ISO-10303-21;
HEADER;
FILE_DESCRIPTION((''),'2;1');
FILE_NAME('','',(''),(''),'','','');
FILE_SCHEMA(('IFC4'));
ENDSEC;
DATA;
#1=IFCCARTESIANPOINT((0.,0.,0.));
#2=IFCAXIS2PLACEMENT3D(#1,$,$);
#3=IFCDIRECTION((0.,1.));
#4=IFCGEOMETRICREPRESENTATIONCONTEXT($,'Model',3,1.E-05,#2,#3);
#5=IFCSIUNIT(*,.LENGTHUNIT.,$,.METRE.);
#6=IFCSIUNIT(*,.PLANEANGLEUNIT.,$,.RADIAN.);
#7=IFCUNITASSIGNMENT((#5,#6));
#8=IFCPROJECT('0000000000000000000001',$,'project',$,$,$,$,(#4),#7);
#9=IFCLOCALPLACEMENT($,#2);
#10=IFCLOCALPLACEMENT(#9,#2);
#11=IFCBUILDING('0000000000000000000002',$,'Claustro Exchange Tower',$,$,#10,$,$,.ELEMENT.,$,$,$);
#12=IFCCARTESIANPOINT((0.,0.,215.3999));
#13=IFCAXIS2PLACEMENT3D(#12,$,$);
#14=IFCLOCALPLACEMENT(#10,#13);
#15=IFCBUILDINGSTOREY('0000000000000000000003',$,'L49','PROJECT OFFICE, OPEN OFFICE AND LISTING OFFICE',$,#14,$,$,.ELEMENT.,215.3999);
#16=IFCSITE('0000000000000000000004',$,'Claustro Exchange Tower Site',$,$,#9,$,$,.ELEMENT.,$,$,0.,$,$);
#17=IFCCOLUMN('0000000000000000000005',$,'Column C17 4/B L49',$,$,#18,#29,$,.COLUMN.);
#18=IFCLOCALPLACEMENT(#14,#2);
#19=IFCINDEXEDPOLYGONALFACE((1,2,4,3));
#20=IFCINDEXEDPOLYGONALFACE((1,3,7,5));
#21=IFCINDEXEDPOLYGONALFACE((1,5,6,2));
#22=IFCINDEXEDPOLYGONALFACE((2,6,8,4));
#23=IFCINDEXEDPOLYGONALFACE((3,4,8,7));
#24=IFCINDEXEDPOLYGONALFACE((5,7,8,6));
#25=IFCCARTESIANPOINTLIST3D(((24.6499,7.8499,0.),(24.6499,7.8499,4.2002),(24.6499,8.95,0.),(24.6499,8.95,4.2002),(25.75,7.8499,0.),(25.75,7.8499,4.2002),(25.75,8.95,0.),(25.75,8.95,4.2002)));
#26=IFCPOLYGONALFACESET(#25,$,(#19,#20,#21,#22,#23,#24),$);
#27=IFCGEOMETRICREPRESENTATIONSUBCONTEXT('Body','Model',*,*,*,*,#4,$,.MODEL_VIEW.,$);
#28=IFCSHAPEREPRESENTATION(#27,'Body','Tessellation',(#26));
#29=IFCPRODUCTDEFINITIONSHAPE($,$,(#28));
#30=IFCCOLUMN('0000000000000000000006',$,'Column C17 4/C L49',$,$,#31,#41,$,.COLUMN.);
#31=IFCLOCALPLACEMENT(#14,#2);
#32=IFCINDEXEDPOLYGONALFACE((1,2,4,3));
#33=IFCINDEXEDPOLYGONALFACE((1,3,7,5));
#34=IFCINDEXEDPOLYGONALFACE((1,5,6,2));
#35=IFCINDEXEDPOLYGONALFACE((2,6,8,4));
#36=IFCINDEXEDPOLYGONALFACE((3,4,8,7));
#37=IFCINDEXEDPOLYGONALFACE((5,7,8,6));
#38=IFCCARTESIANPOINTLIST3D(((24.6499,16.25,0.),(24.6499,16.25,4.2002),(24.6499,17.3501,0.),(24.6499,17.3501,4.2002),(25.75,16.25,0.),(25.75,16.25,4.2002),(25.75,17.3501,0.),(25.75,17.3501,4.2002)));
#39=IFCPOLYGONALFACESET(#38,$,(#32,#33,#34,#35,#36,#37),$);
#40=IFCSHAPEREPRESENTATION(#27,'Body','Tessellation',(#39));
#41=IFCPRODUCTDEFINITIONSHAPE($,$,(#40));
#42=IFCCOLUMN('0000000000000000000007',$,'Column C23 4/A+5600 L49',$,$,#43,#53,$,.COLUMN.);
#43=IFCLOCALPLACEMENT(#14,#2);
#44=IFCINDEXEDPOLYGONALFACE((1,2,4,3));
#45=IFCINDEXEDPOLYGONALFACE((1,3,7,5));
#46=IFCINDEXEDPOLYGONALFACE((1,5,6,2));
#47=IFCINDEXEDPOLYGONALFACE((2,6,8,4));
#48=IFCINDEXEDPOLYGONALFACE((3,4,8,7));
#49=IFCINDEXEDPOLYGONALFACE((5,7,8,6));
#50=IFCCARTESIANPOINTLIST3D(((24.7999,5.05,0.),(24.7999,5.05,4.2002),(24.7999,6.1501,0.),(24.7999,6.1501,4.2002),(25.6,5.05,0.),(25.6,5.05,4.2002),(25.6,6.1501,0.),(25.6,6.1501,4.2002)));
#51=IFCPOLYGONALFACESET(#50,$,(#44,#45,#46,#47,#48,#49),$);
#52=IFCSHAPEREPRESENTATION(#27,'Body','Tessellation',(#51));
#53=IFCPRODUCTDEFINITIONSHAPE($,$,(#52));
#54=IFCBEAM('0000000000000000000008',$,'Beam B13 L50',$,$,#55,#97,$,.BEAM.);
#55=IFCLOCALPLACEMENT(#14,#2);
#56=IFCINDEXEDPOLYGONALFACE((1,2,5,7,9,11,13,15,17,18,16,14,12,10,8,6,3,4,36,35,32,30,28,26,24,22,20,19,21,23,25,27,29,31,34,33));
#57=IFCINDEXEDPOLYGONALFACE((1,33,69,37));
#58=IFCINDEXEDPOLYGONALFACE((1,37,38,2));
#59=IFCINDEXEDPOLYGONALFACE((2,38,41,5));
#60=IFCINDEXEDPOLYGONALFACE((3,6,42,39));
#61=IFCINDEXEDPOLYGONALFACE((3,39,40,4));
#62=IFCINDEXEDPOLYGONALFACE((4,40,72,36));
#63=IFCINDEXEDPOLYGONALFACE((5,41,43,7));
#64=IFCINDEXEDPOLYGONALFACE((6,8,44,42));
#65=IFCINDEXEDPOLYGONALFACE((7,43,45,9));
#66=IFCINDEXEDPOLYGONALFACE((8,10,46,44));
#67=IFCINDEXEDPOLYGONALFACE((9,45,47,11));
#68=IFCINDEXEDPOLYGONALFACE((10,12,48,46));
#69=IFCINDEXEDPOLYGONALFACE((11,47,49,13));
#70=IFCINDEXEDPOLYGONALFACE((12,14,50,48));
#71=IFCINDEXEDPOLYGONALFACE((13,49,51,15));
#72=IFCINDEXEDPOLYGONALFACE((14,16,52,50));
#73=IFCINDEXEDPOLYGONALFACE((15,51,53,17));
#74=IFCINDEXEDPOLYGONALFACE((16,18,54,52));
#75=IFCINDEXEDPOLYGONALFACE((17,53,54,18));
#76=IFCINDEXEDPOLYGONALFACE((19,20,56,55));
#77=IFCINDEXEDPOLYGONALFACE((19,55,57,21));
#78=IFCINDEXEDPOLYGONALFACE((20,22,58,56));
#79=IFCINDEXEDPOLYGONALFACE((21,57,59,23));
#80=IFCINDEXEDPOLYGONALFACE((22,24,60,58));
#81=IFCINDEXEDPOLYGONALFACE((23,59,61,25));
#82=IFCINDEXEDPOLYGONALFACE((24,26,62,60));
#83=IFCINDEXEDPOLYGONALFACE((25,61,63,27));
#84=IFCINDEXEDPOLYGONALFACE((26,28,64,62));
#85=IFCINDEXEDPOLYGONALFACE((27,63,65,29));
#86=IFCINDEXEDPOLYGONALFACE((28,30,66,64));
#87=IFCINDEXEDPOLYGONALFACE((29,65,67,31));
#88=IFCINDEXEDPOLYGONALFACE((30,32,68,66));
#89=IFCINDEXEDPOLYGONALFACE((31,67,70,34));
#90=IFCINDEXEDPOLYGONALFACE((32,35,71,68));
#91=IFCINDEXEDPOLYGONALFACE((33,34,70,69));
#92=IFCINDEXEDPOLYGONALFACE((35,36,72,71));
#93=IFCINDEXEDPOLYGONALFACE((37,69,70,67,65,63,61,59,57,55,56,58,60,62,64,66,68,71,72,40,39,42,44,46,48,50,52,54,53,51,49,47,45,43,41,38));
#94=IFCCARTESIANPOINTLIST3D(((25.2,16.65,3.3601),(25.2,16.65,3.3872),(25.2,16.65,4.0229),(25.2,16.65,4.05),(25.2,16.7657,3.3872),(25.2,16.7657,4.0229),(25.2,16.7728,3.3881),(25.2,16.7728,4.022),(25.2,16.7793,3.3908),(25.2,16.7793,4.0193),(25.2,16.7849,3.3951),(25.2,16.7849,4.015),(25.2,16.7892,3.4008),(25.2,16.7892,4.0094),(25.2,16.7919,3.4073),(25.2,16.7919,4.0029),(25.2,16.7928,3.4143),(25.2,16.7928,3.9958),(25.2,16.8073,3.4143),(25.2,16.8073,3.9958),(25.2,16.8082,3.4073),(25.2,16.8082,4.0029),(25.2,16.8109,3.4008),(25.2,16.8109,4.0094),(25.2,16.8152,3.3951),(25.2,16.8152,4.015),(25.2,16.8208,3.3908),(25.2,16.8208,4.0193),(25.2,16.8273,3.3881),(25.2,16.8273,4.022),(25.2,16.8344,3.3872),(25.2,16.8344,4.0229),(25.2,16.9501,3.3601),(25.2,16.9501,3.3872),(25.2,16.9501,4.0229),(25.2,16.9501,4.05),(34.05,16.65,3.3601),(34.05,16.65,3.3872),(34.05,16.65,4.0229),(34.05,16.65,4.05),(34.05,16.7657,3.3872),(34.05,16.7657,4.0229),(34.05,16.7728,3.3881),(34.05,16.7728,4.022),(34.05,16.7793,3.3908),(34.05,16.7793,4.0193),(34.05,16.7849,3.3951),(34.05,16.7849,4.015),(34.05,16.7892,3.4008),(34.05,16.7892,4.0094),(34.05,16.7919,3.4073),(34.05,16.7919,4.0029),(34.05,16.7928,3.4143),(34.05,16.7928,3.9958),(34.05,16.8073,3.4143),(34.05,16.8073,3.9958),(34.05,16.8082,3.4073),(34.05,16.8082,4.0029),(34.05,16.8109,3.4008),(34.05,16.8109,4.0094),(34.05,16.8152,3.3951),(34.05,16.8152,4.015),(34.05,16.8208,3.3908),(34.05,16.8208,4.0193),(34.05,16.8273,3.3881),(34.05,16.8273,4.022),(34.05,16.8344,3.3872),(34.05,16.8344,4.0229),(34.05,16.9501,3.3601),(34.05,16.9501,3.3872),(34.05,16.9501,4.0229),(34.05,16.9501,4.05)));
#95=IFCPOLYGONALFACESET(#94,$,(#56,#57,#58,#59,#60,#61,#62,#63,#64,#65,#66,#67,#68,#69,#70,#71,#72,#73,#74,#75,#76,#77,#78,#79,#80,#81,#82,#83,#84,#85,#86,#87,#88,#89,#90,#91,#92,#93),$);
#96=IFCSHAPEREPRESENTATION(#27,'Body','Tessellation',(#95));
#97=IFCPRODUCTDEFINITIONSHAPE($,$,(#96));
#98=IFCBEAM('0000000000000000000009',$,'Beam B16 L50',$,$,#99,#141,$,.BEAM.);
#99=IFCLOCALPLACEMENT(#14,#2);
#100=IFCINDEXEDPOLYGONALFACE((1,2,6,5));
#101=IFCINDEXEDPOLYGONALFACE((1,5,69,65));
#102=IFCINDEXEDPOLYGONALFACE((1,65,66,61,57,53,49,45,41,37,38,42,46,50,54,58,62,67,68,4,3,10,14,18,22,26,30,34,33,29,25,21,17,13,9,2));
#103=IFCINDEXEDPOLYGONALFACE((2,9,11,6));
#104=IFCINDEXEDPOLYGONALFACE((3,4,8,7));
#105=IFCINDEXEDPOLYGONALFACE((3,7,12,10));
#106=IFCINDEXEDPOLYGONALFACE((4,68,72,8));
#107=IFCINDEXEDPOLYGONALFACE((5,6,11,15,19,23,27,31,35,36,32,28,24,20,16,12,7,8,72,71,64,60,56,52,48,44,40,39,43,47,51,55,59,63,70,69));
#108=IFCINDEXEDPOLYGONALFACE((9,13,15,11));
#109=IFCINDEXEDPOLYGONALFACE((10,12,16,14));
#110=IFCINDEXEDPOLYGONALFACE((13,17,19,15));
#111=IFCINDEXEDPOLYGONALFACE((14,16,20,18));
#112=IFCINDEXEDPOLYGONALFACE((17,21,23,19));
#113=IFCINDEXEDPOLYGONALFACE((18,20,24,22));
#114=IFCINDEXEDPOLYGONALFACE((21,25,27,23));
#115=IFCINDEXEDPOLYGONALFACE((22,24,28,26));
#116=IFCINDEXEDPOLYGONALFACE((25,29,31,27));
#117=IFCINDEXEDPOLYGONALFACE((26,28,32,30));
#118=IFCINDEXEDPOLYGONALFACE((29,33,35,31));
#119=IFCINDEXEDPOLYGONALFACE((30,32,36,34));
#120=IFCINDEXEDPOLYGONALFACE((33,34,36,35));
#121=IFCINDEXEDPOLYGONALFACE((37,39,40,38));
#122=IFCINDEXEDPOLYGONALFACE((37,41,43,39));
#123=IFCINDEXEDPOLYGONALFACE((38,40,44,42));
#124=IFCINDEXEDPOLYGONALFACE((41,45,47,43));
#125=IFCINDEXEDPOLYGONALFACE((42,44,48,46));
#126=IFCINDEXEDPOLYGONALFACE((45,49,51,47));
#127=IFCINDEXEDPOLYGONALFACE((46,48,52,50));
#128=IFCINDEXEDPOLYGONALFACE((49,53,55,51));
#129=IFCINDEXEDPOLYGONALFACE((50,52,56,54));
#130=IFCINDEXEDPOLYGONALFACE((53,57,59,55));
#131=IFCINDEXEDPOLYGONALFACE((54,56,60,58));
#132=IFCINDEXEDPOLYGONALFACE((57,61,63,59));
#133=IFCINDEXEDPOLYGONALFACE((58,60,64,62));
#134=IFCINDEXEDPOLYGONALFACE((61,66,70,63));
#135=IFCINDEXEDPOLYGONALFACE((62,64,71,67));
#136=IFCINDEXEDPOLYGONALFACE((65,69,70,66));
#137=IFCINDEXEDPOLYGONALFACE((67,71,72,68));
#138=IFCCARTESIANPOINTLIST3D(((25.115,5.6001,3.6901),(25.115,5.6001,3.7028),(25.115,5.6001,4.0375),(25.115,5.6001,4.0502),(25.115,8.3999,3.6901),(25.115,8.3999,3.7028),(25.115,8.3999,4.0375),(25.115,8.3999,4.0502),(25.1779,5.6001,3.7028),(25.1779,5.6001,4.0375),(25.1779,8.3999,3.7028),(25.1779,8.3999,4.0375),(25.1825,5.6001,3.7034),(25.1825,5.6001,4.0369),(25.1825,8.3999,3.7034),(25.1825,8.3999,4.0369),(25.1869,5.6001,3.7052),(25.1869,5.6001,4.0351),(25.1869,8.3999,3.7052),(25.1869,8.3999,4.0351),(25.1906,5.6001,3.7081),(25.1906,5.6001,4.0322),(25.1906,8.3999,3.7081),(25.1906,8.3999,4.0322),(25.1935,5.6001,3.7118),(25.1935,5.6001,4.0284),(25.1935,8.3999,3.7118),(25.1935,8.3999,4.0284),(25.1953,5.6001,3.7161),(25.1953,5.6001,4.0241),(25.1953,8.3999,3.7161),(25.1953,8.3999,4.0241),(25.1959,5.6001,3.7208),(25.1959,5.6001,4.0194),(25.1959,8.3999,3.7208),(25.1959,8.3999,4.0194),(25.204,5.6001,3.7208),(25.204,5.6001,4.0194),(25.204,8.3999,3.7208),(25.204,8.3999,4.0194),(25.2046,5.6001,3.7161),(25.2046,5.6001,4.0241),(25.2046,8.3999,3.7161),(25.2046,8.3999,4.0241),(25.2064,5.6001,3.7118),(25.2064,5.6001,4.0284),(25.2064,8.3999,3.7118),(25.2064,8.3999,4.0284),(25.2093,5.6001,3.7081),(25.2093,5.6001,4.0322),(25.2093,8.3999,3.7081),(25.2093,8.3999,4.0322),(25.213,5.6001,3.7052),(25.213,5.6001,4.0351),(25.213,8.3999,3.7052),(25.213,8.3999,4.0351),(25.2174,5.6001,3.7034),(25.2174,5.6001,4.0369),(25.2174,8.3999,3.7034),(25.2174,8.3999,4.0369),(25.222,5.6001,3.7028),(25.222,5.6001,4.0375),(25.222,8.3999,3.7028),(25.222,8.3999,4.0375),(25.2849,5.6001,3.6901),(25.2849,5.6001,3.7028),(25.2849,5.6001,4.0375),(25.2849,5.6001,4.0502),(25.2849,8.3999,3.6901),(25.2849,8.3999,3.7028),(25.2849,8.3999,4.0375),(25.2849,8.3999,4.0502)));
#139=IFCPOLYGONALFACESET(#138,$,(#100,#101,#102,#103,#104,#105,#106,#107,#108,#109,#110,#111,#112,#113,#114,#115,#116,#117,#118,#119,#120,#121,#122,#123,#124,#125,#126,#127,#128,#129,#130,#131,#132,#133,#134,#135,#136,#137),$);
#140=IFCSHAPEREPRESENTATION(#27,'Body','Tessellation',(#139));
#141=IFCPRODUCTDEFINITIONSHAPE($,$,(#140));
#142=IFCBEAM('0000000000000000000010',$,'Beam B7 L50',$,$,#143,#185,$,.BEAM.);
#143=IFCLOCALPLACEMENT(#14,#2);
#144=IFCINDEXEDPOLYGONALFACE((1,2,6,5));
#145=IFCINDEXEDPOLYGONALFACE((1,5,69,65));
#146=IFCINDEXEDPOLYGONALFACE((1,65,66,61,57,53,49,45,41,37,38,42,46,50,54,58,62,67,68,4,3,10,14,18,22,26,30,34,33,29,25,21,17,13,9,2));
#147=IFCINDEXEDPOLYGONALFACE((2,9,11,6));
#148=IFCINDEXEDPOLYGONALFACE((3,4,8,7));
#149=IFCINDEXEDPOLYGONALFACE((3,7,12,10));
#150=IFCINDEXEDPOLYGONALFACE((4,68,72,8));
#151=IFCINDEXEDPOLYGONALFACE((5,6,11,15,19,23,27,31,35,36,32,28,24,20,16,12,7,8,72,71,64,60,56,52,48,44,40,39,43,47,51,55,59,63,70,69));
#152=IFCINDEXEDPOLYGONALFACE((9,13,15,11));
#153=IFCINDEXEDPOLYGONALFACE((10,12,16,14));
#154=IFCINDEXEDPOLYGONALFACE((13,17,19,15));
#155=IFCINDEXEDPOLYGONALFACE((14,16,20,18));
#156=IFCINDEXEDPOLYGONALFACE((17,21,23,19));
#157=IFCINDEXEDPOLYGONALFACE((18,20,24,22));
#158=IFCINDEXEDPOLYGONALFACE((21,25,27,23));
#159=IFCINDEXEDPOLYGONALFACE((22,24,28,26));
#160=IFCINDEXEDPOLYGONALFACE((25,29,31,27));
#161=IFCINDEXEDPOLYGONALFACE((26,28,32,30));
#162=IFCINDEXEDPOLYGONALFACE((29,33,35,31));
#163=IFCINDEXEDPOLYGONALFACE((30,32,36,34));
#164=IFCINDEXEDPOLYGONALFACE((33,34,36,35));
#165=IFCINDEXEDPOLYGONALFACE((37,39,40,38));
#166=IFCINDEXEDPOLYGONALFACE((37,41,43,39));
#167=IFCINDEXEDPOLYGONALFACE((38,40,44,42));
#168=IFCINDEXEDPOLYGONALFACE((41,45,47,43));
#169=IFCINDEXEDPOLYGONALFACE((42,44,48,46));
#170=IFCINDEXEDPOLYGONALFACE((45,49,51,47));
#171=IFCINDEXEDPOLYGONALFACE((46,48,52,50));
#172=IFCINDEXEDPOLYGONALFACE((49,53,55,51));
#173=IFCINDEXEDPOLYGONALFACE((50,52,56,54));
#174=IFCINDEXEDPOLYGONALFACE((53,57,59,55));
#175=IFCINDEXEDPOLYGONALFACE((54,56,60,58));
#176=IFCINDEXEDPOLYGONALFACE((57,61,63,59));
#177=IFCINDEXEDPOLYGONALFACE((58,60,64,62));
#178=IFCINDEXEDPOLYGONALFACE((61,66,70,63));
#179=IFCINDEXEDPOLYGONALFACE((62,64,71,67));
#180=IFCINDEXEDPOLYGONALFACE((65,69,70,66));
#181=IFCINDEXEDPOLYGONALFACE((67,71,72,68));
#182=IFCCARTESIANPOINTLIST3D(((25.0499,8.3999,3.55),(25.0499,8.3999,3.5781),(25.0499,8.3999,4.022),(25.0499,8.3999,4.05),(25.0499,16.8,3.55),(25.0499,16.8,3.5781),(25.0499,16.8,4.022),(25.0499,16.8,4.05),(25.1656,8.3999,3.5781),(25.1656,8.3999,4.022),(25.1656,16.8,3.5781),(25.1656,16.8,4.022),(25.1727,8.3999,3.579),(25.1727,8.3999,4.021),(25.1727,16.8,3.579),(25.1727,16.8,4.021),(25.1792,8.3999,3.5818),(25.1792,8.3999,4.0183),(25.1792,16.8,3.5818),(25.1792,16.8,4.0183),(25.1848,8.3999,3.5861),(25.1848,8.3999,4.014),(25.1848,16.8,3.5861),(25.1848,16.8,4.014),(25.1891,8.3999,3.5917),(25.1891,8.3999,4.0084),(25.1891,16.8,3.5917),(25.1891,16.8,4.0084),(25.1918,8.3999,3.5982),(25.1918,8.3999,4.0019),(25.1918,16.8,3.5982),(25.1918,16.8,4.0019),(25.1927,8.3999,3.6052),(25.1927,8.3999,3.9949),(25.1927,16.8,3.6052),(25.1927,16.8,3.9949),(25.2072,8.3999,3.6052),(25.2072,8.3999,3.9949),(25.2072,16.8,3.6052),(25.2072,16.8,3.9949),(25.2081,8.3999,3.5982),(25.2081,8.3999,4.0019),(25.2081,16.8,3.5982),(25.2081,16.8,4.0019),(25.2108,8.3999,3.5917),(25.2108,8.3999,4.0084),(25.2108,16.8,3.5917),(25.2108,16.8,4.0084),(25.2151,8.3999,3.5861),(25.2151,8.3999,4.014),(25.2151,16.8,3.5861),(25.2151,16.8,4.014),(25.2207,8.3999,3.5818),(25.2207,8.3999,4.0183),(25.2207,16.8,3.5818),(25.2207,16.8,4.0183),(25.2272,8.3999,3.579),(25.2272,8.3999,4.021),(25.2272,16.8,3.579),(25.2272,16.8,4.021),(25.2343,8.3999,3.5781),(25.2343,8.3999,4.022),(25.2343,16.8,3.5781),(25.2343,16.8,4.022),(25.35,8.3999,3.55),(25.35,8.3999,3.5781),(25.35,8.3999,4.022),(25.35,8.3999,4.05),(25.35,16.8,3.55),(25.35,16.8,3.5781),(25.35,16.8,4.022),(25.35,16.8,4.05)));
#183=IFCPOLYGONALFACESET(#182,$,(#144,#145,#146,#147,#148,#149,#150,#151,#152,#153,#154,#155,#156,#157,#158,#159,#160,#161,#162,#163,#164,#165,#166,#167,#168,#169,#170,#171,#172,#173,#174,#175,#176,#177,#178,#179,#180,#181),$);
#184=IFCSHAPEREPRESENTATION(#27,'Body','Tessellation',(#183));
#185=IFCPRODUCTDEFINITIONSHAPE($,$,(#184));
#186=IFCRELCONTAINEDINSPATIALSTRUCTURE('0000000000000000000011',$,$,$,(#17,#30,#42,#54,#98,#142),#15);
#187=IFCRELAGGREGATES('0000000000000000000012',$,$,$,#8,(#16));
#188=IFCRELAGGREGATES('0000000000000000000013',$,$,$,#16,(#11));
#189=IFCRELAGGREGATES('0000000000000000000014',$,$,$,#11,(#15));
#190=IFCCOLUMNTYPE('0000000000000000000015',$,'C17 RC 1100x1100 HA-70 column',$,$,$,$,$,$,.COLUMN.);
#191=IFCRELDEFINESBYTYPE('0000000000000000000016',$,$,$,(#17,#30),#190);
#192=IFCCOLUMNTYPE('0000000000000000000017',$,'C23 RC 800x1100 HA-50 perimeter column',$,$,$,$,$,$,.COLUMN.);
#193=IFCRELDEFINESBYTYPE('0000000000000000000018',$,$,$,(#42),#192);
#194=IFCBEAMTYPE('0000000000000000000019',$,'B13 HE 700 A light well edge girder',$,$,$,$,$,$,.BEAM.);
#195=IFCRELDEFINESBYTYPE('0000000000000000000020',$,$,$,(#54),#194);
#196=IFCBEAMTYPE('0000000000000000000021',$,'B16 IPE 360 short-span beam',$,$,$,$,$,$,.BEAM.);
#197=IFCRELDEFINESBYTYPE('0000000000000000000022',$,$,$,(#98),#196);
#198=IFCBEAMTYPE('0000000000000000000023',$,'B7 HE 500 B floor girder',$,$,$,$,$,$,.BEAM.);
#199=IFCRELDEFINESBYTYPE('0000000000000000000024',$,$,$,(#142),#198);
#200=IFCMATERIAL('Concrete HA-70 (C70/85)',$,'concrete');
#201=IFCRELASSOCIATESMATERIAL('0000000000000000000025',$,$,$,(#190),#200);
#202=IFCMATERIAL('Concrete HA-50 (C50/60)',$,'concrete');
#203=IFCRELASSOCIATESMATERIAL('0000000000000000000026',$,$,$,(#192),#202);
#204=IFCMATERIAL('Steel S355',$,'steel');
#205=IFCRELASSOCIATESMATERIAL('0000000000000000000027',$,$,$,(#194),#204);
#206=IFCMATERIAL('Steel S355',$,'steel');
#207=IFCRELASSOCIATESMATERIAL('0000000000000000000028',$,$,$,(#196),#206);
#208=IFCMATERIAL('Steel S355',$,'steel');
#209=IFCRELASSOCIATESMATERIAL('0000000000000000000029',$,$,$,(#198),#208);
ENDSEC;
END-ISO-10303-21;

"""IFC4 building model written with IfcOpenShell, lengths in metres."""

from ifc_helpers import new_model, si_unit, direction, frame, origin, origin_2d, place, context, subcontext, project, spatial, rectangle, i_section, extrude, material, material_profile, profile_set, type_object, element, save


model = new_model("IFC4")

# Units and contexts
model_context = context("Model", 3, precision=1e-05, world=origin(), true_north=direction((0.0, 1.0)))
body_context = subcontext(model_context, "Body", "Model", "MODEL_VIEW")
ifc_project = project(units=[si_unit("LENGTHUNIT", "METRE"), si_unit("PLANEANGLEUNIT", "RADIAN")], contexts=[model_context])

# Site, building, storey
site_placement = place(None, origin())
site = spatial("IfcSite", under=ifc_project, at=site_placement, Name="Claustro Exchange Tower Site", CompositionType="ELEMENT", RefElevation=0.0)
building_placement = place(site_placement, origin())
building = spatial("IfcBuilding", under=site, at=building_placement, Name="Claustro Exchange Tower", CompositionType="ELEMENT")
storey_placement = place(building_placement, frame((0.0, 0.0, 215.3999)))
storey = spatial("IfcBuildingStorey", under=building, at=storey_placement, Name="L49", Description="PROJECT OFFICE, OPEN OFFICE AND LISTING OFFICE", CompositionType="ELEMENT", Elevation=215.3999)

# Columns
ifc_material_1 = material(Name="Concrete HA-70 (C70/85)", Category="concrete")
ifc_material_profile_1 = material_profile(ifc_material_1, rectangle(XDim=1.1001, YDim=1.1001, at=origin_2d()), Name="RC 1100x1100")
ifc_profile_set_1 = profile_set([ifc_material_profile_1], Name="Concrete HA-70 (C70/85)")
column_type_1 = type_object("IfcColumnType", Name="C17 RC 1100x1100 HA-70 column", PredefinedType="COLUMN", material=ifc_profile_set_1)
for number, where, z_axis, x_axis, name in (
    (1, (25.2, 8.3999, 0.0), (0.0, 0.0, 1.0), (1.0, 0.0, 0.0), "Column C17 4/B L49"),
    (2, (25.2, 16.8, 0.0), (0.0, 0.0, 1.0), (1.0, 0.0, 0.0), "Column C17 4/C L49"),
):
    element("IfcColumn", number, at=place(storey_placement, frame(where, z_axis=z_axis, x_axis=x_axis)), inside=storey, type_object=column_type_1, Name=name, PredefinedType="COLUMN", context=body_context, shape_type="SweptSolid", body=[
        extrude(rectangle(XDim=1.1001, YDim=1.1001, at=origin_2d()), origin(), (0.0, 0.0, 1.0), 4.2002),
    ])
ifc_material_2 = material(Name="Concrete HA-50 (C50/60)", Category="concrete")
ifc_material_profile_2 = material_profile(ifc_material_2, rectangle(XDim=0.8, YDim=1.1001, at=origin_2d()), Name="RC 800x1100")
ifc_profile_set_2 = profile_set([ifc_material_profile_2], Name="Concrete HA-50 (C50/60)")
column_type_2 = type_object("IfcColumnType", Name="C23 RC 800x1100 HA-50 perimeter column", PredefinedType="COLUMN", material=ifc_profile_set_2)
column_placement = place(storey_placement, frame((25.2, 5.6001, 0.0), z_axis=(0.0, 0.0, 1.0), x_axis=(1.0, 0.0, 0.0)))
element("IfcColumn", 3, at=column_placement, inside=storey, type_object=column_type_2, Name="Column C23 4/A+5600 L49", PredefinedType="COLUMN", context=body_context, shape_type="SweptSolid", body=[
    extrude(rectangle(XDim=0.8, YDim=1.1001, at=origin_2d()), origin(), (0.0, 0.0, 1.0), 4.2002),
])

# Beams
ifc_material_3 = material(Name="Steel S355", Category="steel")
ifc_material_profile_3 = material_profile(ifc_material_3, i_section(OverallWidth=0.3, OverallDepth=0.6899, WebThickness=0.0144, FlangeThickness=0.0271, FilletRadius=0.0271, at=origin_2d()), Name="HE 700 A")
ifc_profile_set_3 = profile_set([ifc_material_profile_3], Name="Steel S355")
beam_type_1 = type_object("IfcBeamType", Name="B13 HE 700 A light well edge girder", PredefinedType="BEAM", material=ifc_profile_set_3)
beam_1_placement = place(storey_placement, frame((25.2, 16.8, 3.7051), z_axis=(1.0, 0.0, 0.0), x_axis=(0.0, 1.0, 0.0)))
element("IfcBeam", 4, at=beam_1_placement, inside=storey, type_object=beam_type_1, Name="Beam B13 L50", PredefinedType="BEAM", context=body_context, shape_type="SweptSolid", body=[
    extrude(i_section(OverallWidth=0.3, OverallDepth=0.6899, WebThickness=0.0144, FlangeThickness=0.0271, FilletRadius=0.0271, at=origin_2d()), origin(), (0.0, 0.0, 1.0), 8.8501),
])
ifc_material_4 = material(Name="Steel S355", Category="steel")
ifc_material_profile_4 = material_profile(ifc_material_4, i_section(OverallWidth=0.1699, OverallDepth=0.3601, WebThickness=0.0081, FlangeThickness=0.0127, FilletRadius=0.0181, at=origin_2d()), Name="IPE 360")
ifc_profile_set_4 = profile_set([ifc_material_profile_4], Name="Steel S355")
beam_type_2 = type_object("IfcBeamType", Name="B16 IPE 360 short-span beam", PredefinedType="BEAM", material=ifc_profile_set_4)
beam_2_placement = place(storey_placement, frame((25.2, 5.6001, 3.8701), z_axis=(0.0, 1.0, 0.0), x_axis=(-1.0, 0.0, 0.0)))
element("IfcBeam", 5, at=beam_2_placement, inside=storey, type_object=beam_type_2, Name="Beam B16 L50", PredefinedType="BEAM", context=body_context, shape_type="SweptSolid", body=[
    extrude(i_section(OverallWidth=0.1699, OverallDepth=0.3601, WebThickness=0.0081, FlangeThickness=0.0127, FilletRadius=0.0181, at=origin_2d()), origin(), (0.0, 0.0, 1.0), 2.7998),
])
ifc_material_5 = material(Name="Steel S355", Category="steel")
ifc_material_profile_5 = material_profile(ifc_material_5, i_section(OverallWidth=0.3, OverallDepth=0.5, WebThickness=0.0144, FlangeThickness=0.0281, FilletRadius=0.0271, at=origin_2d()), Name="HE 500 B")
ifc_profile_set_5 = profile_set([ifc_material_profile_5], Name="Steel S355")
beam_type_3 = type_object("IfcBeamType", Name="B7 HE 500 B floor girder", PredefinedType="BEAM", material=ifc_profile_set_5)
for number, where, z_axis, x_axis, name in (
    (6, (25.2, 8.3999, 3.8), (0.0, 1.0, 0.0), (-1.0, 0.0, 0.0), "Beam B7 L50"),
):
    element("IfcBeam", number, at=place(storey_placement, frame(where, z_axis=z_axis, x_axis=x_axis)), inside=storey, type_object=beam_type_3, Name=name, PredefinedType="BEAM", context=body_context, shape_type="SweptSolid", body=[
        extrude(i_section(OverallWidth=0.3, OverallDepth=0.5, WebThickness=0.0144, FlangeThickness=0.0281, FilletRadius=0.0271, at=origin_2d()), origin(), (0.0, 0.0, 1.0), 8.4001),
    ])

save(model, "model.ifc")
